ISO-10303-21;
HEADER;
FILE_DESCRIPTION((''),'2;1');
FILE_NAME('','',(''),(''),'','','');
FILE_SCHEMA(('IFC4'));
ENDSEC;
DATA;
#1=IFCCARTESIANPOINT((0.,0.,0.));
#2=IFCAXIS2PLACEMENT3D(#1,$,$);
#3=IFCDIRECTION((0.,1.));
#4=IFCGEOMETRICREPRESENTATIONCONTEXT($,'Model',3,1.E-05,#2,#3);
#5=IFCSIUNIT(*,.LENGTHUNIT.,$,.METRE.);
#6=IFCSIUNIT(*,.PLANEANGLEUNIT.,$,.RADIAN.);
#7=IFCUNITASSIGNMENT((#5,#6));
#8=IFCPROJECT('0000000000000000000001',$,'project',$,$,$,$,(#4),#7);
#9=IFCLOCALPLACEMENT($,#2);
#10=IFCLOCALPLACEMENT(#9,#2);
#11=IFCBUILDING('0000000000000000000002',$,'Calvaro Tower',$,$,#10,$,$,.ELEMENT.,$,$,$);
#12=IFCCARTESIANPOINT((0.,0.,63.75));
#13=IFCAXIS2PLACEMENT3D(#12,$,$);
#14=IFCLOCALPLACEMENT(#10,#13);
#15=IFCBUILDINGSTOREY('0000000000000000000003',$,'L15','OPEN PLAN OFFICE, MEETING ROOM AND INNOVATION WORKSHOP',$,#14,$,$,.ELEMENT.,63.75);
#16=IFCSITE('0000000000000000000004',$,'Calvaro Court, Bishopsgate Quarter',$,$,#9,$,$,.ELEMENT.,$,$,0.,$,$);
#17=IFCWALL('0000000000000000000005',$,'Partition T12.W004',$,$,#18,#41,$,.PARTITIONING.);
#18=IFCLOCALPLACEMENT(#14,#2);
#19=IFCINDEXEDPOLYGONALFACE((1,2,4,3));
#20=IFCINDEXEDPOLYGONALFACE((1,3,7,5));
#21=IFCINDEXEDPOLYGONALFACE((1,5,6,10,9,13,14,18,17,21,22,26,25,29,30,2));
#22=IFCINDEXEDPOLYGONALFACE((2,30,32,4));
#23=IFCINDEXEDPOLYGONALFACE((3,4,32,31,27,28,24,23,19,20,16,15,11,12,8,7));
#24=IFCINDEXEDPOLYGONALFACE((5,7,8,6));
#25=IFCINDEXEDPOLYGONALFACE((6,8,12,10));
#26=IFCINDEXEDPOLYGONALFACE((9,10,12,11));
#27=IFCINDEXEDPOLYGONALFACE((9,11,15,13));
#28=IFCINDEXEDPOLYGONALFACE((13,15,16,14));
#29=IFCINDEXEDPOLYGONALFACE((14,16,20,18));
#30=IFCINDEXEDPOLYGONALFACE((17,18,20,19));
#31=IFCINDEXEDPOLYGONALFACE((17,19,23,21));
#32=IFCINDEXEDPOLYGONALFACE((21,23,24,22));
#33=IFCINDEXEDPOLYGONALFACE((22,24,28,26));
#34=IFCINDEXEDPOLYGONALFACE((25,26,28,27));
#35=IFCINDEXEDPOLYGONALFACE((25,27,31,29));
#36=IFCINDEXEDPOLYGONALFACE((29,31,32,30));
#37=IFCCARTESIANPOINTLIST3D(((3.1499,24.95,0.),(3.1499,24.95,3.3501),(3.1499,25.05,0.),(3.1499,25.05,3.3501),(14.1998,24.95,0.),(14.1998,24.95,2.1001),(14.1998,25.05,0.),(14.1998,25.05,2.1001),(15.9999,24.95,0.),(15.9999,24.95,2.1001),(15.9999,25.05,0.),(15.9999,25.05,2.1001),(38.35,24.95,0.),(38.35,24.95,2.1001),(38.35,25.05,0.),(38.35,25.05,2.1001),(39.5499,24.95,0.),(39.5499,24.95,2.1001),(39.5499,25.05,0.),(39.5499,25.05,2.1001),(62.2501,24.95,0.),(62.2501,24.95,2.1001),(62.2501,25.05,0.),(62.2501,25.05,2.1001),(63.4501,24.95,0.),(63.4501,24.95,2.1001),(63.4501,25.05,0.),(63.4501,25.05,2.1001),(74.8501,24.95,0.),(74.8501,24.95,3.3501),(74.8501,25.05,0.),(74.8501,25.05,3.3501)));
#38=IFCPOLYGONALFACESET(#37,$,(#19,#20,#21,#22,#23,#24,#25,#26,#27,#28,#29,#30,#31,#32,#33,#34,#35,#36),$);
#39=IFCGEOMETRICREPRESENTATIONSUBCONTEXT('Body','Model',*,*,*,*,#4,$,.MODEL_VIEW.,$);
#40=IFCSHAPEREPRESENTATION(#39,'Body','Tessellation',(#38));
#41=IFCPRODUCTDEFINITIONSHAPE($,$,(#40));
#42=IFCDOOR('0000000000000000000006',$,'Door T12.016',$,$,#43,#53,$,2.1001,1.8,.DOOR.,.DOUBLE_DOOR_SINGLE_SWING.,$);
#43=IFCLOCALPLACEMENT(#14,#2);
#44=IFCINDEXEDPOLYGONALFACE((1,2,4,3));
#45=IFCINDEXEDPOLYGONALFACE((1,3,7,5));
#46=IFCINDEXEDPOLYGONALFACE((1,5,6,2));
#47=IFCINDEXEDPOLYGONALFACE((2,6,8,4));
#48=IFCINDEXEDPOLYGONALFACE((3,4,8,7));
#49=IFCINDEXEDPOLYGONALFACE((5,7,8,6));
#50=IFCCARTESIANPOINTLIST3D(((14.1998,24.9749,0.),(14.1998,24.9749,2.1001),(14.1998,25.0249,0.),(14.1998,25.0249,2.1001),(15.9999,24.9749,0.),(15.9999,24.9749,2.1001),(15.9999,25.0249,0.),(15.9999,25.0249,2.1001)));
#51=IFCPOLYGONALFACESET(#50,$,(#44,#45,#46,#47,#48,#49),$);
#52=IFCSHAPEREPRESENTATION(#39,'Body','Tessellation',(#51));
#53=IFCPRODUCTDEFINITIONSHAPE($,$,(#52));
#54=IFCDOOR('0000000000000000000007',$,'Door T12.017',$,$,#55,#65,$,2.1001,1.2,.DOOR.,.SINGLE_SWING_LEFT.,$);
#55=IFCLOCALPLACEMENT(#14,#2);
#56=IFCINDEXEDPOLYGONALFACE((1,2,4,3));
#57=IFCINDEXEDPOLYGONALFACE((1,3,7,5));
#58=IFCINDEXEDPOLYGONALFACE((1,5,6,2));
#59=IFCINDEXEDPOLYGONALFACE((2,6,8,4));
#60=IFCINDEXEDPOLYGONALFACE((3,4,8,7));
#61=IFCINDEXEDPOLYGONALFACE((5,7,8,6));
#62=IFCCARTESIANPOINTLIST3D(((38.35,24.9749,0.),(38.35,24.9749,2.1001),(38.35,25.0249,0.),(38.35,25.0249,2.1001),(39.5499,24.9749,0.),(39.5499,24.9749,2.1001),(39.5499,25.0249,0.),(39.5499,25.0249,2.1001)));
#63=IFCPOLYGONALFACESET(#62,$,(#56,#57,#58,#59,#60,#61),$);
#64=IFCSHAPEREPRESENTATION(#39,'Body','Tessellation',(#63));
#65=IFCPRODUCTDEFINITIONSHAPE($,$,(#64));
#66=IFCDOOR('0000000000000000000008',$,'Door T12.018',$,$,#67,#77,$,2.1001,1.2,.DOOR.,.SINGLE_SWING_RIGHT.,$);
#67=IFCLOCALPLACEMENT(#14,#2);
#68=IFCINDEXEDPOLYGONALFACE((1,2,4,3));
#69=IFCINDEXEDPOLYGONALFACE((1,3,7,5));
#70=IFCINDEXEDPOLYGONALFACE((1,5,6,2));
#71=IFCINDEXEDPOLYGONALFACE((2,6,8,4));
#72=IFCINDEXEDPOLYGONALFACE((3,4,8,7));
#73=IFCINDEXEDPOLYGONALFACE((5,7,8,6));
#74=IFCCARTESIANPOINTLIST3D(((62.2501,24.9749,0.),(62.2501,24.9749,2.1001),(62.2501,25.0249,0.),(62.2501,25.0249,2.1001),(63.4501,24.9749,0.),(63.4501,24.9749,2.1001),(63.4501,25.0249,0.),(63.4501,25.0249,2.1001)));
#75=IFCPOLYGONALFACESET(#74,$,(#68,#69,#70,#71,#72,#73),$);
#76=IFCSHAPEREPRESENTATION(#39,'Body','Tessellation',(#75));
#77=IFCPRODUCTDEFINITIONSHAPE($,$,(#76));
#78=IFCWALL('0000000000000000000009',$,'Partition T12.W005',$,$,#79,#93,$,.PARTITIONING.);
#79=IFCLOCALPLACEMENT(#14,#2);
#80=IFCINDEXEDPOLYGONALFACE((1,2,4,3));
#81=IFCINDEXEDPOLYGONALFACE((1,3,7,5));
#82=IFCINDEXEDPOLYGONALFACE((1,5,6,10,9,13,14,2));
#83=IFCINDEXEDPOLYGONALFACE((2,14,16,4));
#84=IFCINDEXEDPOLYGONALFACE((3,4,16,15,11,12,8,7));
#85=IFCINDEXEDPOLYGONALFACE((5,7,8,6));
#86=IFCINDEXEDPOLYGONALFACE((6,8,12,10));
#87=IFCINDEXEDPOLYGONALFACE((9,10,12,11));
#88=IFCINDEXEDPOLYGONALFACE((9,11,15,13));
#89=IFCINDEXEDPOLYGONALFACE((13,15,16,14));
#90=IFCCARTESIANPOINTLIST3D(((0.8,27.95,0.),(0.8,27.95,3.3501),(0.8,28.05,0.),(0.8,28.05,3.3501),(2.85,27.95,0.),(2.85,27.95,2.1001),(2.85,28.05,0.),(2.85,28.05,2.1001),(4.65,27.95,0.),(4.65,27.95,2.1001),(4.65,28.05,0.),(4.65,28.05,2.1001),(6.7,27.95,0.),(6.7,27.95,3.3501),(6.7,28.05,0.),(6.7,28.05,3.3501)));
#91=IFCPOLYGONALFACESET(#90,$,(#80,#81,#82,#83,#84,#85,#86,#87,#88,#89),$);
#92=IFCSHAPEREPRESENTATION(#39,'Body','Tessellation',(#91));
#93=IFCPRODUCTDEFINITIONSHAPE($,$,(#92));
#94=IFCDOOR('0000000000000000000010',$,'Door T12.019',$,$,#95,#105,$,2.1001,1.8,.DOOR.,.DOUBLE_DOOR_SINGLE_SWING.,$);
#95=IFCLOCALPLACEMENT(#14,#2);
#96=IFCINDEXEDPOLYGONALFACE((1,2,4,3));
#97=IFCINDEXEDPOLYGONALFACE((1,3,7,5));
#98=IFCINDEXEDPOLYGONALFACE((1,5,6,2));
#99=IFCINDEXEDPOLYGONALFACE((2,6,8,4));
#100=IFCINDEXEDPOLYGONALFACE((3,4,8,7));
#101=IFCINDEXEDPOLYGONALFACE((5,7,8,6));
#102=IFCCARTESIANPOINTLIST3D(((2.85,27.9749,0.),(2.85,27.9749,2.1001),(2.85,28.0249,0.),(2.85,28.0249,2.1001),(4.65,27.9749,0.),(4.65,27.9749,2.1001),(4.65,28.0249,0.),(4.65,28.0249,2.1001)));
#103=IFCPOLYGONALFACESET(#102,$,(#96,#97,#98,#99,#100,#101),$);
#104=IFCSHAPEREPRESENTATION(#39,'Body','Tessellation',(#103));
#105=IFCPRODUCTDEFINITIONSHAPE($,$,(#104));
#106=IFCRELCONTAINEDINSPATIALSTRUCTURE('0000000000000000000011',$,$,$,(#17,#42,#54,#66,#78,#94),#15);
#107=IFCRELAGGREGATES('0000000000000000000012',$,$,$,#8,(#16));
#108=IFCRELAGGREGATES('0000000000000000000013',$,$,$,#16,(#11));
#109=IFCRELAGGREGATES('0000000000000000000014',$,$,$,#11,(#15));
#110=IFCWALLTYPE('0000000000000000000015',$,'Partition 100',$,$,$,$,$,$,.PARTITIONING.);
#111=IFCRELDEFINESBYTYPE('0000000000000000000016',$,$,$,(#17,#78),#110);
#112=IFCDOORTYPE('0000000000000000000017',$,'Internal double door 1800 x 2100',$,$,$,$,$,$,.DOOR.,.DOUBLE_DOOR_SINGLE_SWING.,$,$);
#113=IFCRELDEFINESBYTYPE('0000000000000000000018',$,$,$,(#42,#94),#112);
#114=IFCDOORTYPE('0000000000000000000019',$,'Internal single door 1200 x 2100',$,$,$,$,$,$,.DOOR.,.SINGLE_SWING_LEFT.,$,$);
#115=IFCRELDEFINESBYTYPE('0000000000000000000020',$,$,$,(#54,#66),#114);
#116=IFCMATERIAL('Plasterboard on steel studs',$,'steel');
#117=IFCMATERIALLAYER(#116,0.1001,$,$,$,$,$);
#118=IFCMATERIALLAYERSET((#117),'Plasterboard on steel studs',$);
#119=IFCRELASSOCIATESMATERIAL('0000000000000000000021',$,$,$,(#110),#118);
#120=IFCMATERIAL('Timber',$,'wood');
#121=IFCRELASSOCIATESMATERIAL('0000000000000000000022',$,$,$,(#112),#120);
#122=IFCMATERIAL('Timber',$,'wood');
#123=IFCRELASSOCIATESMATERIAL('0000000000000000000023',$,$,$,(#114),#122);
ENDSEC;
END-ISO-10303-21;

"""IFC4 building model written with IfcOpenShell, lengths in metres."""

from ifc_helpers import new_model, si_unit, direction, frame, frame_2d, origin, place, context, subcontext, project, spatial, rectangle, extrude, material, layer, layer_set, type_object, element, fill, save


model = new_model("IFC4")

# Units and contexts
model_context = context("Model", 3, precision=1e-05, world=origin(), true_north=direction((0.0, 1.0)))
body_context = subcontext(model_context, "Body", "Model", "MODEL_VIEW")
ifc_project = project(units=[si_unit("LENGTHUNIT", "METRE"), si_unit("PLANEANGLEUNIT", "RADIAN")], contexts=[model_context])

# Site, building, storey
site_placement = place(None, origin())
site = spatial("IfcSite", under=ifc_project, at=site_placement, Name="Calvaro Court, Bishopsgate Quarter", CompositionType="ELEMENT", RefElevation=0.0)
building_placement = place(site_placement, origin())
building = spatial("IfcBuilding", under=site, at=building_placement, Name="Calvaro Tower", CompositionType="ELEMENT")
storey_placement = place(building_placement, frame((0.0, 0.0, 63.75)))
storey = spatial("IfcBuildingStorey", under=building, at=storey_placement, Name="L15", Description="OPEN PLAN OFFICE, MEETING ROOM AND INNOVATION WORKSHOP", CompositionType="ELEMENT", Elevation=63.75)

# Wall, openings, doors
ifc_material_1 = material(Name="Plasterboard on steel studs", Category="steel")
ifc_layer = layer(ifc_material_1, 0.1001)
ifc_layer_set = layer_set([ifc_layer], Name="Plasterboard on steel studs")
wall_type = type_object("IfcWallType", Name="Partition 100", PredefinedType="PARTITIONING", material=ifc_layer_set)
wall_1_placement = place(storey_placement, frame((3.1499, 25.0, 0.0), z_axis=(0.0, 0.0, 1.0), x_axis=(1.0, 0.0, 0.0)))
wall_1 = element("IfcWall", 1, at=wall_1_placement, inside=storey, type_object=wall_type, Name="Partition T12.W004", PredefinedType="PARTITIONING", context=body_context, shape_type="SweptSolid", body=[
    extrude(rectangle(XDim=71.7002, YDim=0.1001, at=frame_2d((35.8501, 0.0))), origin(), (0.0, 0.0, 1.0), 3.3501),
])
opening_1_placement = place(wall_1_placement, frame((11.05, 0.0, 0.0)))
opening_1 = element("IfcOpeningElement", 2, at=opening_1_placement, cuts=wall_1, PredefinedType="OPENING", context=body_context, shape_type="SweptSolid", body=[
    extrude(rectangle(XDim=1.8, YDim=2.1001, at=frame_2d((0.8999, 1.05))), frame((0.0, 0.0601, 0.0), z_axis=(0.0, -1.0, 0.0), x_axis=(1.0, 0.0, 0.0)), (0.0, 0.0, 1.0), 0.1201),
])
opening_2_placement = place(wall_1_placement, frame((35.2, 0.0, 0.0)))
opening_2 = element("IfcOpeningElement", 3, at=opening_2_placement, cuts=wall_1, PredefinedType="OPENING", context=body_context, shape_type="SweptSolid", body=[
    extrude(rectangle(XDim=1.2, YDim=2.1001, at=frame_2d((0.6001, 1.05))), frame((0.0, 0.0601, 0.0), z_axis=(0.0, -1.0, 0.0), x_axis=(1.0, 0.0, 0.0)), (0.0, 0.0, 1.0), 0.1201),
])
opening_3_placement = place(wall_1_placement, frame((59.1001, 0.0, 0.0)))
opening_3 = element("IfcOpeningElement", 4, at=opening_3_placement, cuts=wall_1, PredefinedType="OPENING", context=body_context, shape_type="SweptSolid", body=[
    extrude(rectangle(XDim=1.2, YDim=2.1001, at=frame_2d((0.6001, 1.05))), frame((0.0, 0.0601, 0.0), z_axis=(0.0, -1.0, 0.0), x_axis=(1.0, 0.0, 0.0)), (0.0, 0.0, 1.0), 0.1201),
])
ifc_material_2 = material(Name="Timber", Category="wood")
door_type_1 = type_object("IfcDoorType", Name="Internal double door 1800 x 2100", OperationType="DOUBLE_DOOR_SINGLE_SWING", PredefinedType="DOOR", material=ifc_material_2)
door_1_placement = place(opening_1_placement, origin())
door_1 = element("IfcDoor", 5, at=door_1_placement, inside=storey, type_object=door_type_1, Name="Door T12.016", OperationType="DOUBLE_DOOR_SINGLE_SWING", OverallHeight=2.1001, OverallWidth=1.8, PredefinedType="DOOR", context=body_context, shape_type="SweptSolid", body=[
    extrude(rectangle(XDim=1.8, YDim=2.1001, at=frame_2d((0.8999, 1.05))), frame((0.0, 0.0249, 0.0), z_axis=(0.0, -1.0, 0.0), x_axis=(1.0, 0.0, 0.0)), (0.0, 0.0, 1.0), 0.05),
])
fill(opening_1, door_1)
ifc_material_3 = material(Name="Timber", Category="wood")
door_type_2 = type_object("IfcDoorType", Name="Internal single door 1200 x 2100", OperationType="SINGLE_SWING_LEFT", PredefinedType="DOOR", material=ifc_material_3)
door_2_placement = place(opening_2_placement, origin())
door_2 = element("IfcDoor", 6, at=door_2_placement, inside=storey, type_object=door_type_2, Name="Door T12.017", OperationType="SINGLE_SWING_LEFT", OverallHeight=2.1001, OverallWidth=1.2, PredefinedType="DOOR", context=body_context, shape_type="SweptSolid", body=[
    extrude(rectangle(XDim=1.2, YDim=2.1001, at=frame_2d((0.6001, 1.05))), frame((0.0, 0.0249, 0.0), z_axis=(0.0, -1.0, 0.0), x_axis=(1.0, 0.0, 0.0)), (0.0, 0.0, 1.0), 0.05),
])
fill(opening_2, door_2)
door_3_placement = place(opening_3_placement, origin())
door_3 = element("IfcDoor", 7, at=door_3_placement, inside=storey, type_object=door_type_2, Name="Door T12.018", OperationType="SINGLE_SWING_RIGHT", OverallHeight=2.1001, OverallWidth=1.2, PredefinedType="DOOR", context=body_context, shape_type="SweptSolid", body=[
    extrude(rectangle(XDim=1.2, YDim=2.1001, at=frame_2d((0.6001, 1.05))), frame((0.0, 0.0249, 0.0), z_axis=(0.0, -1.0, 0.0), x_axis=(1.0, 0.0, 0.0)), (0.0, 0.0, 1.0), 0.05),
])
fill(opening_3, door_3)

# Wall, opening, door
wall_2_placement = place(storey_placement, frame((0.8, 28.0, 0.0), z_axis=(0.0, 0.0, 1.0), x_axis=(1.0, 0.0, 0.0)))
wall_2 = element("IfcWall", 8, at=wall_2_placement, inside=storey, type_object=wall_type, Name="Partition T12.W005", PredefinedType="PARTITIONING", context=body_context, shape_type="SweptSolid", body=[
    extrude(rectangle(XDim=5.8999, YDim=0.1001, at=frame_2d((2.95, 0.0))), origin(), (0.0, 0.0, 1.0), 3.3501),
])
opening_4_placement = place(wall_2_placement, frame((2.05, 0.0, 0.0)))
opening_4 = element("IfcOpeningElement", 9, at=opening_4_placement, cuts=wall_2, PredefinedType="OPENING", context=body_context, shape_type="SweptSolid", body=[
    extrude(rectangle(XDim=1.8, YDim=2.1001, at=frame_2d((0.8999, 1.05))), frame((0.0, 0.0601, 0.0), z_axis=(0.0, -1.0, 0.0), x_axis=(1.0, 0.0, 0.0)), (0.0, 0.0, 1.0), 0.1201),
])
door_4_placement = place(opening_4_placement, origin())
door_4 = element("IfcDoor", 10, at=door_4_placement, inside=storey, type_object=door_type_1, Name="Door T12.019", OperationType="DOUBLE_DOOR_SINGLE_SWING", OverallHeight=2.1001, OverallWidth=1.8, PredefinedType="DOOR", context=body_context, shape_type="SweptSolid", body=[
    extrude(rectangle(XDim=1.8, YDim=2.1001, at=frame_2d((0.8999, 1.05))), frame((0.0, 0.0249, 0.0), z_axis=(0.0, -1.0, 0.0), x_axis=(1.0, 0.0, 0.0)), (0.0, 0.0, 1.0), 0.05),
])
fill(opening_4, door_4)

save(model, "model.ifc")
